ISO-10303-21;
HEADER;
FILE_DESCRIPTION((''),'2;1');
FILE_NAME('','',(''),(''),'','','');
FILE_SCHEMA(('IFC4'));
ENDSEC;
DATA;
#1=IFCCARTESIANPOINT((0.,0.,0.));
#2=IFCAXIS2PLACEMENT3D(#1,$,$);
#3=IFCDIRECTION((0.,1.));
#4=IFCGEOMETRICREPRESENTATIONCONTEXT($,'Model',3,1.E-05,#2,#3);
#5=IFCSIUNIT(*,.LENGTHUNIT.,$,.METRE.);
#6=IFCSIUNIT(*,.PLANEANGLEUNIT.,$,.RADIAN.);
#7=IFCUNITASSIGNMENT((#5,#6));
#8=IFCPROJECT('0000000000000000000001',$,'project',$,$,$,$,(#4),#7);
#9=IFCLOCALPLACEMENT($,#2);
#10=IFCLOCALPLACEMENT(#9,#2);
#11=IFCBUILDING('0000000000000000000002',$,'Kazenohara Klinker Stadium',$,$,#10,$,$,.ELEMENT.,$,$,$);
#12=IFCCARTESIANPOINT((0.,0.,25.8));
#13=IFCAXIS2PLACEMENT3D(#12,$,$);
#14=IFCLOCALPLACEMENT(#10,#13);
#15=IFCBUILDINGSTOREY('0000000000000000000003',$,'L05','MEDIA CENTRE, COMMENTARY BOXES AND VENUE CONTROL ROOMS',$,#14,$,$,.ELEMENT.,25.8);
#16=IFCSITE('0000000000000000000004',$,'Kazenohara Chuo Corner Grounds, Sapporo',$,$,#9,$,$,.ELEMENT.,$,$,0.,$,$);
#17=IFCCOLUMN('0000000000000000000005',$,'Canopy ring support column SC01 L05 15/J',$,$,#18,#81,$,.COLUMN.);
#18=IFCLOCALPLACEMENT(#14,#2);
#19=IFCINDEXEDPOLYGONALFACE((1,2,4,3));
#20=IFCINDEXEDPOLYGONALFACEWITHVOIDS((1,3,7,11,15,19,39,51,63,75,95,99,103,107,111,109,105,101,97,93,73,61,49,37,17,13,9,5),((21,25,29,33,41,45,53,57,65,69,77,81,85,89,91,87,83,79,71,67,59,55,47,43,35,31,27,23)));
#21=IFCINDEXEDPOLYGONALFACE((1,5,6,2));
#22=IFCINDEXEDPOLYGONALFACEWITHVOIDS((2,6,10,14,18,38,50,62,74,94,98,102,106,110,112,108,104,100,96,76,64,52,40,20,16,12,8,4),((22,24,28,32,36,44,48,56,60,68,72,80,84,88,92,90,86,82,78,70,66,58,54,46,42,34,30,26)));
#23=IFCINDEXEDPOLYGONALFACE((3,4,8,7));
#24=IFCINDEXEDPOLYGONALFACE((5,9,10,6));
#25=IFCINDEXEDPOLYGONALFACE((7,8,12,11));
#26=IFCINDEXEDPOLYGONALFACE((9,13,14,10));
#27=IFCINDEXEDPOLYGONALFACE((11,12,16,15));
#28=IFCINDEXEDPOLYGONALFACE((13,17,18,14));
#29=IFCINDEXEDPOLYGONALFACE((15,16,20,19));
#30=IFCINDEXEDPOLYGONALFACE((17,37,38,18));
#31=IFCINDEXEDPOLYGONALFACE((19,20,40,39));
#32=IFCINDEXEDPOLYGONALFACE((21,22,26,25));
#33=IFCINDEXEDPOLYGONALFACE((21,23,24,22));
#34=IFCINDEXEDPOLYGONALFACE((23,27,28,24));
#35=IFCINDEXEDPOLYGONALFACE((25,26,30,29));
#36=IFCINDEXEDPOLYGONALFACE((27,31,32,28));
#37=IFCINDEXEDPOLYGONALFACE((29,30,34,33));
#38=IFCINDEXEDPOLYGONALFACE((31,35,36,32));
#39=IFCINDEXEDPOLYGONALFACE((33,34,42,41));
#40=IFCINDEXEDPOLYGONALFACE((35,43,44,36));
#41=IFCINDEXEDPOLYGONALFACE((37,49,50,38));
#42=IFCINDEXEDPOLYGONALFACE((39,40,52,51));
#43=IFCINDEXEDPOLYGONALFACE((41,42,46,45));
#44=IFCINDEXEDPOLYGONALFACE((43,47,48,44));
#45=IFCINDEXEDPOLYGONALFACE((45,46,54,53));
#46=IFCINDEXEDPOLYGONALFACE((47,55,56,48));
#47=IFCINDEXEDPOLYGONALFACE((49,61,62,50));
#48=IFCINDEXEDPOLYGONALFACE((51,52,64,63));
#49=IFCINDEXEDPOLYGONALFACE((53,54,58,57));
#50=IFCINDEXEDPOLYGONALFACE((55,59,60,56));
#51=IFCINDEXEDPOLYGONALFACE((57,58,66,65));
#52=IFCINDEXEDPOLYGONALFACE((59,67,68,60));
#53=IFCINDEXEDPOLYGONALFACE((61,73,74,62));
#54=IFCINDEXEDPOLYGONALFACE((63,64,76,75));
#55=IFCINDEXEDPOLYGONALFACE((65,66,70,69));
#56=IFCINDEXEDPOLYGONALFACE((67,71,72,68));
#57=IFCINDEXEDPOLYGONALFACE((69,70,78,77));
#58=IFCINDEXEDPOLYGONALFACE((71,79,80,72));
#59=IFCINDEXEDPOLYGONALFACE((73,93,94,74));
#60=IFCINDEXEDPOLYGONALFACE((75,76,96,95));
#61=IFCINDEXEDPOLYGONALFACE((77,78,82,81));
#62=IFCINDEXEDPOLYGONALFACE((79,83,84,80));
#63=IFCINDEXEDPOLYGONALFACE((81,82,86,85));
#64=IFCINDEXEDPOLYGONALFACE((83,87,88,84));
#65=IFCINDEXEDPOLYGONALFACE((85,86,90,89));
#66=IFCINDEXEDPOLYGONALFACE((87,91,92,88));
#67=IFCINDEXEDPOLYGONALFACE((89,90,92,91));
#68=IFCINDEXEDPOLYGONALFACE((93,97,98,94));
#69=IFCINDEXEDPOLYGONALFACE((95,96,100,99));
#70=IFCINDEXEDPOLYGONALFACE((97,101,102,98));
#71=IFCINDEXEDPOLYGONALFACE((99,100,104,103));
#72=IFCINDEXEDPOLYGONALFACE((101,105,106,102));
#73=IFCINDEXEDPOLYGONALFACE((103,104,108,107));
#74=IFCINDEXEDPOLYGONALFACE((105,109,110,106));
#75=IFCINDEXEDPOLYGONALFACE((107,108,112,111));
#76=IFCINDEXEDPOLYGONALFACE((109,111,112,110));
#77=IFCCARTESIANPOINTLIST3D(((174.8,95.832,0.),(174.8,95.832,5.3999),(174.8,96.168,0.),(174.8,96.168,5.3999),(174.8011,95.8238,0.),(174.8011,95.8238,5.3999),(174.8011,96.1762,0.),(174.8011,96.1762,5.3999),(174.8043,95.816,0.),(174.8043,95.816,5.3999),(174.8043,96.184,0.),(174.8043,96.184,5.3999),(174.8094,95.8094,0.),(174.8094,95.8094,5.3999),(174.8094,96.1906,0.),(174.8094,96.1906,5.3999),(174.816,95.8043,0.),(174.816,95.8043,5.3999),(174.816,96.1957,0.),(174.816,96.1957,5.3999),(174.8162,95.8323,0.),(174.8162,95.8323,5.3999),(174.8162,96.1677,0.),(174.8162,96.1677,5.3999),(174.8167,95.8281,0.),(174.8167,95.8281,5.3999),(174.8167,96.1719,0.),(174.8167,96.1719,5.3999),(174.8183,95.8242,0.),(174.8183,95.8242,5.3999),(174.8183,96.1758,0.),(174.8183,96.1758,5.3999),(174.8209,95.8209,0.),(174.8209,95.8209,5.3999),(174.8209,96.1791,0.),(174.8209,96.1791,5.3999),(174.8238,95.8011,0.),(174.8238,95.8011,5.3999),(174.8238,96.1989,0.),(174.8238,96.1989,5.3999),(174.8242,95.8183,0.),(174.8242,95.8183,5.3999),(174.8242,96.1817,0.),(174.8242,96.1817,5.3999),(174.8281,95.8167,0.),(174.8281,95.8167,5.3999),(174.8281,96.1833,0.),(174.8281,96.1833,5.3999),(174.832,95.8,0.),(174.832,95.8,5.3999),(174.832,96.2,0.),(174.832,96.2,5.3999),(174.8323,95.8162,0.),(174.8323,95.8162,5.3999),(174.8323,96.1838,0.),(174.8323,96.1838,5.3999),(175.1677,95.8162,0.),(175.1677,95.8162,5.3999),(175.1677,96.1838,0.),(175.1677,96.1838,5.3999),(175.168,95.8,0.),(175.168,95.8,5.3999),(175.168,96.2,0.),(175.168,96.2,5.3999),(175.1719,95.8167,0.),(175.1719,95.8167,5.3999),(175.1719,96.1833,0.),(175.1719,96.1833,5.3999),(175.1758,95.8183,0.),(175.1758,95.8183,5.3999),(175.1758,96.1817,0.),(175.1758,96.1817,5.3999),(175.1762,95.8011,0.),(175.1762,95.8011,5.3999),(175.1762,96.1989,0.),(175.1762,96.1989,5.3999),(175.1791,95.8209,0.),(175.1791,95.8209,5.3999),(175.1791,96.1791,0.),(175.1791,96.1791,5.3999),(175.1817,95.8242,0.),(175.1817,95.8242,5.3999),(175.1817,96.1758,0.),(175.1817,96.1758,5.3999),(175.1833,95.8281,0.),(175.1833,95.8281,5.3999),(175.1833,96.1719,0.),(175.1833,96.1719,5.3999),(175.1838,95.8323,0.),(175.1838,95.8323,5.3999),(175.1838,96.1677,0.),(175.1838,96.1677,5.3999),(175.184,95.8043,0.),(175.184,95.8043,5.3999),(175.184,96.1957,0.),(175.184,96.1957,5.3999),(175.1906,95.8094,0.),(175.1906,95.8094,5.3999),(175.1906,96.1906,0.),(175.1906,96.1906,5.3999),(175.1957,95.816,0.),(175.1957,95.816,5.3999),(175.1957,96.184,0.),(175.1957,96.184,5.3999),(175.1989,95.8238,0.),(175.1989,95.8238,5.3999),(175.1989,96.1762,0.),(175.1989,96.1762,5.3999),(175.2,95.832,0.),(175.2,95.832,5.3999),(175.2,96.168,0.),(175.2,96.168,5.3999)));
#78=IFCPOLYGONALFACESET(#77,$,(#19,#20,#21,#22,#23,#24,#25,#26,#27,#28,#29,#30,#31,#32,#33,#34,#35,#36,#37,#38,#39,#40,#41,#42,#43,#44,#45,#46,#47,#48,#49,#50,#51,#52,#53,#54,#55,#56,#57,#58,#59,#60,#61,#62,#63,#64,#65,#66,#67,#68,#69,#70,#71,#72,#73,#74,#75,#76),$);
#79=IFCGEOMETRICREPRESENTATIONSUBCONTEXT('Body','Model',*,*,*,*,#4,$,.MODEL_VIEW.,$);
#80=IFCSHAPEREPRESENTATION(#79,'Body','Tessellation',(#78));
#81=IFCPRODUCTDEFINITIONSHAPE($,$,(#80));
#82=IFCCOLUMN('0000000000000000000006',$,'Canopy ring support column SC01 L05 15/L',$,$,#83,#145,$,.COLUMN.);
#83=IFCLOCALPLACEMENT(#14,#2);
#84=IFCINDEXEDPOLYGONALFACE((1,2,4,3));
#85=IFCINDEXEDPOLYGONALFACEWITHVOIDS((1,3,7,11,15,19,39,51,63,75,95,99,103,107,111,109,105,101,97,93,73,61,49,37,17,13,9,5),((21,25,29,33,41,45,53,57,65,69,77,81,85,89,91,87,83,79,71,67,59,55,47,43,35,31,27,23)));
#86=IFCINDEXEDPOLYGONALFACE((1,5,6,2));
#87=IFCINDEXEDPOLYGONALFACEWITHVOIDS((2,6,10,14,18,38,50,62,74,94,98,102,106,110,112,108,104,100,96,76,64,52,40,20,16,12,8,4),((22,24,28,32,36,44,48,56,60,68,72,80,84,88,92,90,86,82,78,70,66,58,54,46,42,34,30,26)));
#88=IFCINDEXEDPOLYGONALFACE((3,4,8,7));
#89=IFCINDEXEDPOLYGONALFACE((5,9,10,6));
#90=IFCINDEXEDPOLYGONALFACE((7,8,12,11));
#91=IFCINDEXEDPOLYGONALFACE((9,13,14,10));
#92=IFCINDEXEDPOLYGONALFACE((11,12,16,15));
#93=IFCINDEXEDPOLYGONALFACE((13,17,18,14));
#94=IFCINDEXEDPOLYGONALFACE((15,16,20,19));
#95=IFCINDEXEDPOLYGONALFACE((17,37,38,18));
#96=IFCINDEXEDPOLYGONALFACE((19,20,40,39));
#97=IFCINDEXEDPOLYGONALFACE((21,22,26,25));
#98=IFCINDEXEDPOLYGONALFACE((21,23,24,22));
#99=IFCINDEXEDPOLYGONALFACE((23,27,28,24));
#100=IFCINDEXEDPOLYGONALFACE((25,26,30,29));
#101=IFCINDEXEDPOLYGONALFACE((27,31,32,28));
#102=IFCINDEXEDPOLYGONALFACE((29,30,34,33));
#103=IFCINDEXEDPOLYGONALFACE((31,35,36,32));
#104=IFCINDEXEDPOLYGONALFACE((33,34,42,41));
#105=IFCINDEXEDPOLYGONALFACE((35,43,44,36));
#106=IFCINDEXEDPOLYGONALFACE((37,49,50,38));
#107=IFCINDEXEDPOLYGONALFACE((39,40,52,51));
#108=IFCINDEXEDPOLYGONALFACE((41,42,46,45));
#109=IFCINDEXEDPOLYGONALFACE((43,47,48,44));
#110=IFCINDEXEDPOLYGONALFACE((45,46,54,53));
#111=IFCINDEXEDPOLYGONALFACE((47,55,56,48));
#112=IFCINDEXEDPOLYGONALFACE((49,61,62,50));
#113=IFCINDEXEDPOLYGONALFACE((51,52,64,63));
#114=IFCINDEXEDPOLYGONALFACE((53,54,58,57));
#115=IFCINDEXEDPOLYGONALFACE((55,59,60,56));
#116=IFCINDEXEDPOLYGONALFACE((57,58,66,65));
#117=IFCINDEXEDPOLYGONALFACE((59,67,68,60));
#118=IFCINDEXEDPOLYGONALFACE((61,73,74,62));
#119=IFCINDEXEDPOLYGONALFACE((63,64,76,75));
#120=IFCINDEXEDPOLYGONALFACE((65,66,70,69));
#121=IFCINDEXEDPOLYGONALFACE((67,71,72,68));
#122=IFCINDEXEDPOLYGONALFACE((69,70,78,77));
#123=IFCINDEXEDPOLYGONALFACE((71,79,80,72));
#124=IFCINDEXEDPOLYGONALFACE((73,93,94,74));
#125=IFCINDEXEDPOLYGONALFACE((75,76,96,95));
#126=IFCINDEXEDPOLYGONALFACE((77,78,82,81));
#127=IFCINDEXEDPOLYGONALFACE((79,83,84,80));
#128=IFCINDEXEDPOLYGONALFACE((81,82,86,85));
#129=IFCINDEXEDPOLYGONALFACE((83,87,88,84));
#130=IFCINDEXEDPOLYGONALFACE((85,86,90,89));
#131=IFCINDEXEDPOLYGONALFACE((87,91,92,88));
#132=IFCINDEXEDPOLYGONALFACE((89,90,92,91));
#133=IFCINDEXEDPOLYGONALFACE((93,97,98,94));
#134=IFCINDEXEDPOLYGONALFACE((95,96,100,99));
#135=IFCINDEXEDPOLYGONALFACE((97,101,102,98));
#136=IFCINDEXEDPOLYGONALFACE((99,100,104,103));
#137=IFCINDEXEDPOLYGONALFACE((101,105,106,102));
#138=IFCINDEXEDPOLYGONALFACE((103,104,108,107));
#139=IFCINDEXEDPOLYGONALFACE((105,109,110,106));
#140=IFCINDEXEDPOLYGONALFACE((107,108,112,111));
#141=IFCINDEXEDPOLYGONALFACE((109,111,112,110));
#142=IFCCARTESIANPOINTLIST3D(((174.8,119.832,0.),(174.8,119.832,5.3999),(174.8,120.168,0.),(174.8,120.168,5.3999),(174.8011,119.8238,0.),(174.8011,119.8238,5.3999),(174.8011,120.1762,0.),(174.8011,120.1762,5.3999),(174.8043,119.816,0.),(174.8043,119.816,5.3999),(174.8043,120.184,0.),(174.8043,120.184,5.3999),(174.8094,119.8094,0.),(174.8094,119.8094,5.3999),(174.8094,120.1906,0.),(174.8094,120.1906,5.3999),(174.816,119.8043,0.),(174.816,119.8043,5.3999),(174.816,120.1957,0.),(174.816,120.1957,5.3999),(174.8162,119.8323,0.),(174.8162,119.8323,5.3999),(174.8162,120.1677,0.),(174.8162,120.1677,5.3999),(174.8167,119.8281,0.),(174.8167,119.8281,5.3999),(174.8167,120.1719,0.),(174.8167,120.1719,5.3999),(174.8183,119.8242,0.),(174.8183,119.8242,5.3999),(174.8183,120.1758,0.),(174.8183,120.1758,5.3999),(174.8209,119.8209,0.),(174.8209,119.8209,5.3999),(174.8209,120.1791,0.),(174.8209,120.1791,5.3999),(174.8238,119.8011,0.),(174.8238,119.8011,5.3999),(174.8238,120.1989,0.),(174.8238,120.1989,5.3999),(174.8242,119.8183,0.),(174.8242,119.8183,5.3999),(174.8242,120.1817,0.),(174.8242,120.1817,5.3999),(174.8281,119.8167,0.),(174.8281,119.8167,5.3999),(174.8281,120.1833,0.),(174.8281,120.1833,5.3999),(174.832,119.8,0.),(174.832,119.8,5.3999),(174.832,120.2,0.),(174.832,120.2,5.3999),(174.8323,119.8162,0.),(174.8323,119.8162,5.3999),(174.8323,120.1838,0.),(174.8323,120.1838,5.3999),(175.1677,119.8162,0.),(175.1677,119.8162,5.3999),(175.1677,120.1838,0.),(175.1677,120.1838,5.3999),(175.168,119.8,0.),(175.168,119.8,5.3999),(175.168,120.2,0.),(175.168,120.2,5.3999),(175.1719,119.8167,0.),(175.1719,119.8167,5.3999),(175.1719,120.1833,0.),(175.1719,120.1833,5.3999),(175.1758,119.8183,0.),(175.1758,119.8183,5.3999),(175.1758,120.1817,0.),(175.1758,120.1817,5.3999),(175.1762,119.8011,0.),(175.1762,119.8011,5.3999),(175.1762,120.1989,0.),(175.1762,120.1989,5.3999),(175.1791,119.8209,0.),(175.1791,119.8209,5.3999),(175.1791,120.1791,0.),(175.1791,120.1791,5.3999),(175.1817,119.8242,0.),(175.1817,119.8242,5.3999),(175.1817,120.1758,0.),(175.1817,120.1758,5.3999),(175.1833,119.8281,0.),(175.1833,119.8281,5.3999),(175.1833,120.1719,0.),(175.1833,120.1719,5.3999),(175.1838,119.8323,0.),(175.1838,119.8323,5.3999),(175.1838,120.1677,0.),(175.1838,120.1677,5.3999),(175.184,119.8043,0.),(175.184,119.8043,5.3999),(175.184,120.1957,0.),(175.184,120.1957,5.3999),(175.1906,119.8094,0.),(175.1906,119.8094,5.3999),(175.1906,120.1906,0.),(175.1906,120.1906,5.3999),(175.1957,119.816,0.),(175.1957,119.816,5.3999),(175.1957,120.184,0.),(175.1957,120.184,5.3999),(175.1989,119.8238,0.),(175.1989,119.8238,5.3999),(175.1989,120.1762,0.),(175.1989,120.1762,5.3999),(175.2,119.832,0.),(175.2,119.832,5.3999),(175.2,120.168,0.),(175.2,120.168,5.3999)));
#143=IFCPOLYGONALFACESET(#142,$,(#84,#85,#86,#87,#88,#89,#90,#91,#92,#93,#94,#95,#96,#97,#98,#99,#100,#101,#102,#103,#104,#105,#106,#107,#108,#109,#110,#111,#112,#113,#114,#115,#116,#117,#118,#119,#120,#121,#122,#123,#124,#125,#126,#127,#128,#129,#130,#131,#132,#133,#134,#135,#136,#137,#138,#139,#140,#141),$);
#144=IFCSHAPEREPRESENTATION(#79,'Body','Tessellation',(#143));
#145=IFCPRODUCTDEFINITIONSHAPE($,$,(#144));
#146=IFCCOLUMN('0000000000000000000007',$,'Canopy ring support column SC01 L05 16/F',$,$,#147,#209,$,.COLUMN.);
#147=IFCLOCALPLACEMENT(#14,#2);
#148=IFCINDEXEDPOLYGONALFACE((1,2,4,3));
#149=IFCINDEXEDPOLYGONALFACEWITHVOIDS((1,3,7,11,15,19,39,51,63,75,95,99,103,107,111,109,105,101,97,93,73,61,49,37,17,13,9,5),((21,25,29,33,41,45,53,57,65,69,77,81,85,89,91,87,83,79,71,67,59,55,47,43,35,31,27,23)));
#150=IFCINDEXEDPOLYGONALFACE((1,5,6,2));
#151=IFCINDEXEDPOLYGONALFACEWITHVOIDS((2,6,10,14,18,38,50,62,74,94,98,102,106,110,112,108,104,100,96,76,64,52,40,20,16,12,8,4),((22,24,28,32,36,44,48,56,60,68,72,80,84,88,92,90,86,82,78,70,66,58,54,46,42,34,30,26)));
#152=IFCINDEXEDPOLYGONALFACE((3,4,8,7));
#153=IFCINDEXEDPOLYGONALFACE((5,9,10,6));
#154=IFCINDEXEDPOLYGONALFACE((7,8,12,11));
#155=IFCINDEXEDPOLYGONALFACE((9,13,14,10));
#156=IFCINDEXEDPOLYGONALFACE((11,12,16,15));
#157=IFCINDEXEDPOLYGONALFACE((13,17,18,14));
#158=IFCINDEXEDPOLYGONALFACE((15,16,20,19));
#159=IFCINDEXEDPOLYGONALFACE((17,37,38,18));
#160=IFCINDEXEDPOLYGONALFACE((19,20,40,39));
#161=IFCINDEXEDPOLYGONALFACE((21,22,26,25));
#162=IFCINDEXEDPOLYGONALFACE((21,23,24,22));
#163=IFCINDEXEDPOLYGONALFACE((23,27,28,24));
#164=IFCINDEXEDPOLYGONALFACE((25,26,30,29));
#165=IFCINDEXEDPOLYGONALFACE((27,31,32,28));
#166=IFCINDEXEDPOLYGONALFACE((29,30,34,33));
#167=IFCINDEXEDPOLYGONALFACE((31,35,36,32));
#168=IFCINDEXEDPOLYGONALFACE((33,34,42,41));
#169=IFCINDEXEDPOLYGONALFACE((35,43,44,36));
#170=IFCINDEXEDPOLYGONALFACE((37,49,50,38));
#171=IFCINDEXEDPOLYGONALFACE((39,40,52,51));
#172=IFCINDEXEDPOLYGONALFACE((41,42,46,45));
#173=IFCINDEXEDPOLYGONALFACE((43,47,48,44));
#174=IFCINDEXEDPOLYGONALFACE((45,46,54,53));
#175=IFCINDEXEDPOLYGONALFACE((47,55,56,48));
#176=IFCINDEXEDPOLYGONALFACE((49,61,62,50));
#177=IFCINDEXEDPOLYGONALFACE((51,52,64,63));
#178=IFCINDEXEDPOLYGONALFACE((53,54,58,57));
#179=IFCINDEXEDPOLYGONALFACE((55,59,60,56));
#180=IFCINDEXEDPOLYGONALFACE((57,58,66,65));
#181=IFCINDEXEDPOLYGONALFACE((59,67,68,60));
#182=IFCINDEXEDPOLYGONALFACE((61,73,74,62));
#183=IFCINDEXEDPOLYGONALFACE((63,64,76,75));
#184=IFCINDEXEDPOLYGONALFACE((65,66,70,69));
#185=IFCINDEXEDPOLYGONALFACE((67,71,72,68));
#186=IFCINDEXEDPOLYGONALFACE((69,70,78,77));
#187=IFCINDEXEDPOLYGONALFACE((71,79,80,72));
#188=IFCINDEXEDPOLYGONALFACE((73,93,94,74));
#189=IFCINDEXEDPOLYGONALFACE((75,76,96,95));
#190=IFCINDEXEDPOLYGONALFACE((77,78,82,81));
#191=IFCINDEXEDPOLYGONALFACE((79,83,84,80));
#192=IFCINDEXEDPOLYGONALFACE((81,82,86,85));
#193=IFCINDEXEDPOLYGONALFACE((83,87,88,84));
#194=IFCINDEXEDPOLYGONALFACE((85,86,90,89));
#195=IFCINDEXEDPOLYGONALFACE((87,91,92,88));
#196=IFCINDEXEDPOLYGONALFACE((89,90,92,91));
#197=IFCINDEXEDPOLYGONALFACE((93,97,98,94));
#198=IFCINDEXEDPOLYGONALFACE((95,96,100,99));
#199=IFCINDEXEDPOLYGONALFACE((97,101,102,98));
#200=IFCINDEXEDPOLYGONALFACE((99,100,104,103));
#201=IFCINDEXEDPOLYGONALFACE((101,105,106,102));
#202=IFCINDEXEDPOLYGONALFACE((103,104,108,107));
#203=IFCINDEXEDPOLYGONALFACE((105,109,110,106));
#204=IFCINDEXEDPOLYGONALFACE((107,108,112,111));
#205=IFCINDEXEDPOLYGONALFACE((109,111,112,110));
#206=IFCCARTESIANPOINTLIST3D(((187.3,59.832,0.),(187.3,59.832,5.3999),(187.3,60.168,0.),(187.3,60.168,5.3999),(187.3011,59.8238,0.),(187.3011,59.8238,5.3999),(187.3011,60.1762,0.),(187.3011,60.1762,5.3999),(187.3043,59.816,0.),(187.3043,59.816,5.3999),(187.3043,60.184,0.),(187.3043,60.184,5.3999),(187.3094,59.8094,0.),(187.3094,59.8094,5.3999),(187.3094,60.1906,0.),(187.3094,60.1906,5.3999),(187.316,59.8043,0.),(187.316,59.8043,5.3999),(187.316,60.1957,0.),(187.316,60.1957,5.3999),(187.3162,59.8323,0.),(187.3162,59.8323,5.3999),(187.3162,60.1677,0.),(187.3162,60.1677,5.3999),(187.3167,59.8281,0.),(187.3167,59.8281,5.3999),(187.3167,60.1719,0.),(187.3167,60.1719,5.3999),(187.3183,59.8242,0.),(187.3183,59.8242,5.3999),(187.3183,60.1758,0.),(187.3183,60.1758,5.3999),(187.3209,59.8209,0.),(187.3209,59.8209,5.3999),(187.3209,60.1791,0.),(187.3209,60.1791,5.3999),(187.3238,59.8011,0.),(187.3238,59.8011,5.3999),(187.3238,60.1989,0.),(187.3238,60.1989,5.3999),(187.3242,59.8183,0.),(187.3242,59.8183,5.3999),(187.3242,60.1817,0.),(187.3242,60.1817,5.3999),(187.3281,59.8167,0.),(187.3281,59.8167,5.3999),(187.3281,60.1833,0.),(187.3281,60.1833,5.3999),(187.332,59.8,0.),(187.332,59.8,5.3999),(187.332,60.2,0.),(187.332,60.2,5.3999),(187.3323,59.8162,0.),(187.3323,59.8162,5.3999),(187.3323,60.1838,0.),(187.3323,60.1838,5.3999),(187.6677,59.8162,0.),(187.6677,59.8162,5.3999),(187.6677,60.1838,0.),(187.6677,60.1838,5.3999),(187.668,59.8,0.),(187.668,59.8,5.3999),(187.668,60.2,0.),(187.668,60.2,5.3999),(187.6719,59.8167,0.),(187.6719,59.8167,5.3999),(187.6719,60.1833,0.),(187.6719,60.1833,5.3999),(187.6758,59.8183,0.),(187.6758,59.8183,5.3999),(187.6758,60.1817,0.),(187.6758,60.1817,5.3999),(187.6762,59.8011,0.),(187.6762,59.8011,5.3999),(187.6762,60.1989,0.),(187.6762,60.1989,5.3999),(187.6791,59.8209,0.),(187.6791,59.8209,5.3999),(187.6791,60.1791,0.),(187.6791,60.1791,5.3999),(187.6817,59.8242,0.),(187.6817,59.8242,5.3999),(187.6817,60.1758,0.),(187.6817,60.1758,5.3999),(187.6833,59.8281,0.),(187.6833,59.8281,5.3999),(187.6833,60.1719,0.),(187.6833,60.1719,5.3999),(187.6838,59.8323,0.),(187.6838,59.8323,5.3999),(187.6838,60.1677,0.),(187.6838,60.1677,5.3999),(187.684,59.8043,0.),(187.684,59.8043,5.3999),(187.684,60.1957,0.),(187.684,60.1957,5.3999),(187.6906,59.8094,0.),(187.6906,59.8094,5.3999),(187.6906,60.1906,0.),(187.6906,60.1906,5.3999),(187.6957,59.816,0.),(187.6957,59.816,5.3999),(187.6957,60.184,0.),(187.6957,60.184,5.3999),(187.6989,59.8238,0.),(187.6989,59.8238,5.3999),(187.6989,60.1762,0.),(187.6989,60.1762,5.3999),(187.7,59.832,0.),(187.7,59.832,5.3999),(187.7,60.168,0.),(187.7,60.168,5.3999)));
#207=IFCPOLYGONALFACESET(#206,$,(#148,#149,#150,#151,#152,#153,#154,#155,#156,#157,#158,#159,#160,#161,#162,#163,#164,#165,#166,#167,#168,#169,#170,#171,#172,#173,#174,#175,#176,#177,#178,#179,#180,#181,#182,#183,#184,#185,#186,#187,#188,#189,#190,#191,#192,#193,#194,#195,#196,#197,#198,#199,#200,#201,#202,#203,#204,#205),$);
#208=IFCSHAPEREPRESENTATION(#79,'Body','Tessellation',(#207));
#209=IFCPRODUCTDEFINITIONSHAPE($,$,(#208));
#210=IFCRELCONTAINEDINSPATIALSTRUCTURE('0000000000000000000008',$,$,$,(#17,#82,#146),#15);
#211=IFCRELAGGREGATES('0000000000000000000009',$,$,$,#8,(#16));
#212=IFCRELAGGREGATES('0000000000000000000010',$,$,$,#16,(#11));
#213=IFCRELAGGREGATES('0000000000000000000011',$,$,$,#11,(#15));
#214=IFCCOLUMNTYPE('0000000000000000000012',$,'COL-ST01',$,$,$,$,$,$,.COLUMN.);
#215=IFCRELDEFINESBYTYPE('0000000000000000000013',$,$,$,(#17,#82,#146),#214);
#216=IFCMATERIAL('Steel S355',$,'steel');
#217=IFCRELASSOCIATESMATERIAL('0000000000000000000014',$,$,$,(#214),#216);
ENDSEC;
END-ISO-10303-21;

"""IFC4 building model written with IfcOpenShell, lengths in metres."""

from ifc_helpers import new_model, si_unit, direction, frame, origin, origin_2d, place, context, subcontext, project, spatial, hollow_rectangle, extrude, material, material_profile, profile_set, type_object, element, save


model = new_model("IFC4")

# Units and contexts
model_context = context("Model", 3, precision=1e-05, world=origin(), true_north=direction((0.0, 1.0)))
body_context = subcontext(model_context, "Body", "Model", "MODEL_VIEW")
ifc_project = project(units=[si_unit("LENGTHUNIT", "METRE"), si_unit("PLANEANGLEUNIT", "RADIAN")], contexts=[model_context])

# Site, building, storey
site_placement = place(None, origin())
site = spatial("IfcSite", under=ifc_project, at=site_placement, Name="Kazenohara Chuo Corner Grounds, Sapporo", CompositionType="ELEMENT", RefElevation=0.0)
building_placement = place(site_placement, origin())
building = spatial("IfcBuilding", under=site, at=building_placement, Name="Kazenohara Klinker Stadium", CompositionType="ELEMENT")
storey_placement = place(building_placement, frame((0.0, 0.0, 25.8)))
storey = spatial("IfcBuildingStorey", under=building, at=storey_placement, Name="L05", Description="MEDIA CENTRE, COMMENTARY BOXES AND VENUE CONTROL ROOMS", CompositionType="ELEMENT", Elevation=25.8)

# Columns
ifc_material_1 = material(Name="Steel S355", Category="steel")
ifc_material_profile_1 = material_profile(ifc_material_1, hollow_rectangle(XDim=0.3999, YDim=0.3999, WallThickness=0.0161, InnerFilletRadius=0.0161, OuterFilletRadius=0.032, at=origin_2d()), Name="SHS-400x400x16")
ifc_profile_set_1 = profile_set([ifc_material_profile_1], Name="Steel S355")
column_type_1 = type_object("IfcColumnType", Name="COL-ST01", PredefinedType="COLUMN", material=ifc_profile_set_1)
for number, where, z_axis, x_axis, name in (
    (1, (175.0, 96.0, 0.0), (0.0, 0.0, 1.0), (1.0, 0.0, 0.0), "Canopy ring support column SC01 L05 15/J"),
    (2, (175.0, 120.0, 0.0), (0.0, 0.0, 1.0), (1.0, 0.0, 0.0), "Canopy ring support column SC01 L05 15/L"),
    (3, (187.5, 60.0, 0.0), (0.0, 0.0, 1.0), (1.0, 0.0, 0.0), "Canopy ring support column SC01 L05 16/F"),
):
    element("IfcColumn", number, at=place(storey_placement, frame(where, z_axis=z_axis, x_axis=x_axis)), inside=storey, type_object=column_type_1, Name=name, PredefinedType="COLUMN", context=body_context, shape_type="SweptSolid", body=[
        extrude(hollow_rectangle(XDim=0.3999, YDim=0.3999, WallThickness=0.0161, InnerFilletRadius=0.0161, OuterFilletRadius=0.032, at=origin_2d()), origin(), (0.0, 0.0, 1.0), 5.3999),
    ])

save(model, "model.ifc")
